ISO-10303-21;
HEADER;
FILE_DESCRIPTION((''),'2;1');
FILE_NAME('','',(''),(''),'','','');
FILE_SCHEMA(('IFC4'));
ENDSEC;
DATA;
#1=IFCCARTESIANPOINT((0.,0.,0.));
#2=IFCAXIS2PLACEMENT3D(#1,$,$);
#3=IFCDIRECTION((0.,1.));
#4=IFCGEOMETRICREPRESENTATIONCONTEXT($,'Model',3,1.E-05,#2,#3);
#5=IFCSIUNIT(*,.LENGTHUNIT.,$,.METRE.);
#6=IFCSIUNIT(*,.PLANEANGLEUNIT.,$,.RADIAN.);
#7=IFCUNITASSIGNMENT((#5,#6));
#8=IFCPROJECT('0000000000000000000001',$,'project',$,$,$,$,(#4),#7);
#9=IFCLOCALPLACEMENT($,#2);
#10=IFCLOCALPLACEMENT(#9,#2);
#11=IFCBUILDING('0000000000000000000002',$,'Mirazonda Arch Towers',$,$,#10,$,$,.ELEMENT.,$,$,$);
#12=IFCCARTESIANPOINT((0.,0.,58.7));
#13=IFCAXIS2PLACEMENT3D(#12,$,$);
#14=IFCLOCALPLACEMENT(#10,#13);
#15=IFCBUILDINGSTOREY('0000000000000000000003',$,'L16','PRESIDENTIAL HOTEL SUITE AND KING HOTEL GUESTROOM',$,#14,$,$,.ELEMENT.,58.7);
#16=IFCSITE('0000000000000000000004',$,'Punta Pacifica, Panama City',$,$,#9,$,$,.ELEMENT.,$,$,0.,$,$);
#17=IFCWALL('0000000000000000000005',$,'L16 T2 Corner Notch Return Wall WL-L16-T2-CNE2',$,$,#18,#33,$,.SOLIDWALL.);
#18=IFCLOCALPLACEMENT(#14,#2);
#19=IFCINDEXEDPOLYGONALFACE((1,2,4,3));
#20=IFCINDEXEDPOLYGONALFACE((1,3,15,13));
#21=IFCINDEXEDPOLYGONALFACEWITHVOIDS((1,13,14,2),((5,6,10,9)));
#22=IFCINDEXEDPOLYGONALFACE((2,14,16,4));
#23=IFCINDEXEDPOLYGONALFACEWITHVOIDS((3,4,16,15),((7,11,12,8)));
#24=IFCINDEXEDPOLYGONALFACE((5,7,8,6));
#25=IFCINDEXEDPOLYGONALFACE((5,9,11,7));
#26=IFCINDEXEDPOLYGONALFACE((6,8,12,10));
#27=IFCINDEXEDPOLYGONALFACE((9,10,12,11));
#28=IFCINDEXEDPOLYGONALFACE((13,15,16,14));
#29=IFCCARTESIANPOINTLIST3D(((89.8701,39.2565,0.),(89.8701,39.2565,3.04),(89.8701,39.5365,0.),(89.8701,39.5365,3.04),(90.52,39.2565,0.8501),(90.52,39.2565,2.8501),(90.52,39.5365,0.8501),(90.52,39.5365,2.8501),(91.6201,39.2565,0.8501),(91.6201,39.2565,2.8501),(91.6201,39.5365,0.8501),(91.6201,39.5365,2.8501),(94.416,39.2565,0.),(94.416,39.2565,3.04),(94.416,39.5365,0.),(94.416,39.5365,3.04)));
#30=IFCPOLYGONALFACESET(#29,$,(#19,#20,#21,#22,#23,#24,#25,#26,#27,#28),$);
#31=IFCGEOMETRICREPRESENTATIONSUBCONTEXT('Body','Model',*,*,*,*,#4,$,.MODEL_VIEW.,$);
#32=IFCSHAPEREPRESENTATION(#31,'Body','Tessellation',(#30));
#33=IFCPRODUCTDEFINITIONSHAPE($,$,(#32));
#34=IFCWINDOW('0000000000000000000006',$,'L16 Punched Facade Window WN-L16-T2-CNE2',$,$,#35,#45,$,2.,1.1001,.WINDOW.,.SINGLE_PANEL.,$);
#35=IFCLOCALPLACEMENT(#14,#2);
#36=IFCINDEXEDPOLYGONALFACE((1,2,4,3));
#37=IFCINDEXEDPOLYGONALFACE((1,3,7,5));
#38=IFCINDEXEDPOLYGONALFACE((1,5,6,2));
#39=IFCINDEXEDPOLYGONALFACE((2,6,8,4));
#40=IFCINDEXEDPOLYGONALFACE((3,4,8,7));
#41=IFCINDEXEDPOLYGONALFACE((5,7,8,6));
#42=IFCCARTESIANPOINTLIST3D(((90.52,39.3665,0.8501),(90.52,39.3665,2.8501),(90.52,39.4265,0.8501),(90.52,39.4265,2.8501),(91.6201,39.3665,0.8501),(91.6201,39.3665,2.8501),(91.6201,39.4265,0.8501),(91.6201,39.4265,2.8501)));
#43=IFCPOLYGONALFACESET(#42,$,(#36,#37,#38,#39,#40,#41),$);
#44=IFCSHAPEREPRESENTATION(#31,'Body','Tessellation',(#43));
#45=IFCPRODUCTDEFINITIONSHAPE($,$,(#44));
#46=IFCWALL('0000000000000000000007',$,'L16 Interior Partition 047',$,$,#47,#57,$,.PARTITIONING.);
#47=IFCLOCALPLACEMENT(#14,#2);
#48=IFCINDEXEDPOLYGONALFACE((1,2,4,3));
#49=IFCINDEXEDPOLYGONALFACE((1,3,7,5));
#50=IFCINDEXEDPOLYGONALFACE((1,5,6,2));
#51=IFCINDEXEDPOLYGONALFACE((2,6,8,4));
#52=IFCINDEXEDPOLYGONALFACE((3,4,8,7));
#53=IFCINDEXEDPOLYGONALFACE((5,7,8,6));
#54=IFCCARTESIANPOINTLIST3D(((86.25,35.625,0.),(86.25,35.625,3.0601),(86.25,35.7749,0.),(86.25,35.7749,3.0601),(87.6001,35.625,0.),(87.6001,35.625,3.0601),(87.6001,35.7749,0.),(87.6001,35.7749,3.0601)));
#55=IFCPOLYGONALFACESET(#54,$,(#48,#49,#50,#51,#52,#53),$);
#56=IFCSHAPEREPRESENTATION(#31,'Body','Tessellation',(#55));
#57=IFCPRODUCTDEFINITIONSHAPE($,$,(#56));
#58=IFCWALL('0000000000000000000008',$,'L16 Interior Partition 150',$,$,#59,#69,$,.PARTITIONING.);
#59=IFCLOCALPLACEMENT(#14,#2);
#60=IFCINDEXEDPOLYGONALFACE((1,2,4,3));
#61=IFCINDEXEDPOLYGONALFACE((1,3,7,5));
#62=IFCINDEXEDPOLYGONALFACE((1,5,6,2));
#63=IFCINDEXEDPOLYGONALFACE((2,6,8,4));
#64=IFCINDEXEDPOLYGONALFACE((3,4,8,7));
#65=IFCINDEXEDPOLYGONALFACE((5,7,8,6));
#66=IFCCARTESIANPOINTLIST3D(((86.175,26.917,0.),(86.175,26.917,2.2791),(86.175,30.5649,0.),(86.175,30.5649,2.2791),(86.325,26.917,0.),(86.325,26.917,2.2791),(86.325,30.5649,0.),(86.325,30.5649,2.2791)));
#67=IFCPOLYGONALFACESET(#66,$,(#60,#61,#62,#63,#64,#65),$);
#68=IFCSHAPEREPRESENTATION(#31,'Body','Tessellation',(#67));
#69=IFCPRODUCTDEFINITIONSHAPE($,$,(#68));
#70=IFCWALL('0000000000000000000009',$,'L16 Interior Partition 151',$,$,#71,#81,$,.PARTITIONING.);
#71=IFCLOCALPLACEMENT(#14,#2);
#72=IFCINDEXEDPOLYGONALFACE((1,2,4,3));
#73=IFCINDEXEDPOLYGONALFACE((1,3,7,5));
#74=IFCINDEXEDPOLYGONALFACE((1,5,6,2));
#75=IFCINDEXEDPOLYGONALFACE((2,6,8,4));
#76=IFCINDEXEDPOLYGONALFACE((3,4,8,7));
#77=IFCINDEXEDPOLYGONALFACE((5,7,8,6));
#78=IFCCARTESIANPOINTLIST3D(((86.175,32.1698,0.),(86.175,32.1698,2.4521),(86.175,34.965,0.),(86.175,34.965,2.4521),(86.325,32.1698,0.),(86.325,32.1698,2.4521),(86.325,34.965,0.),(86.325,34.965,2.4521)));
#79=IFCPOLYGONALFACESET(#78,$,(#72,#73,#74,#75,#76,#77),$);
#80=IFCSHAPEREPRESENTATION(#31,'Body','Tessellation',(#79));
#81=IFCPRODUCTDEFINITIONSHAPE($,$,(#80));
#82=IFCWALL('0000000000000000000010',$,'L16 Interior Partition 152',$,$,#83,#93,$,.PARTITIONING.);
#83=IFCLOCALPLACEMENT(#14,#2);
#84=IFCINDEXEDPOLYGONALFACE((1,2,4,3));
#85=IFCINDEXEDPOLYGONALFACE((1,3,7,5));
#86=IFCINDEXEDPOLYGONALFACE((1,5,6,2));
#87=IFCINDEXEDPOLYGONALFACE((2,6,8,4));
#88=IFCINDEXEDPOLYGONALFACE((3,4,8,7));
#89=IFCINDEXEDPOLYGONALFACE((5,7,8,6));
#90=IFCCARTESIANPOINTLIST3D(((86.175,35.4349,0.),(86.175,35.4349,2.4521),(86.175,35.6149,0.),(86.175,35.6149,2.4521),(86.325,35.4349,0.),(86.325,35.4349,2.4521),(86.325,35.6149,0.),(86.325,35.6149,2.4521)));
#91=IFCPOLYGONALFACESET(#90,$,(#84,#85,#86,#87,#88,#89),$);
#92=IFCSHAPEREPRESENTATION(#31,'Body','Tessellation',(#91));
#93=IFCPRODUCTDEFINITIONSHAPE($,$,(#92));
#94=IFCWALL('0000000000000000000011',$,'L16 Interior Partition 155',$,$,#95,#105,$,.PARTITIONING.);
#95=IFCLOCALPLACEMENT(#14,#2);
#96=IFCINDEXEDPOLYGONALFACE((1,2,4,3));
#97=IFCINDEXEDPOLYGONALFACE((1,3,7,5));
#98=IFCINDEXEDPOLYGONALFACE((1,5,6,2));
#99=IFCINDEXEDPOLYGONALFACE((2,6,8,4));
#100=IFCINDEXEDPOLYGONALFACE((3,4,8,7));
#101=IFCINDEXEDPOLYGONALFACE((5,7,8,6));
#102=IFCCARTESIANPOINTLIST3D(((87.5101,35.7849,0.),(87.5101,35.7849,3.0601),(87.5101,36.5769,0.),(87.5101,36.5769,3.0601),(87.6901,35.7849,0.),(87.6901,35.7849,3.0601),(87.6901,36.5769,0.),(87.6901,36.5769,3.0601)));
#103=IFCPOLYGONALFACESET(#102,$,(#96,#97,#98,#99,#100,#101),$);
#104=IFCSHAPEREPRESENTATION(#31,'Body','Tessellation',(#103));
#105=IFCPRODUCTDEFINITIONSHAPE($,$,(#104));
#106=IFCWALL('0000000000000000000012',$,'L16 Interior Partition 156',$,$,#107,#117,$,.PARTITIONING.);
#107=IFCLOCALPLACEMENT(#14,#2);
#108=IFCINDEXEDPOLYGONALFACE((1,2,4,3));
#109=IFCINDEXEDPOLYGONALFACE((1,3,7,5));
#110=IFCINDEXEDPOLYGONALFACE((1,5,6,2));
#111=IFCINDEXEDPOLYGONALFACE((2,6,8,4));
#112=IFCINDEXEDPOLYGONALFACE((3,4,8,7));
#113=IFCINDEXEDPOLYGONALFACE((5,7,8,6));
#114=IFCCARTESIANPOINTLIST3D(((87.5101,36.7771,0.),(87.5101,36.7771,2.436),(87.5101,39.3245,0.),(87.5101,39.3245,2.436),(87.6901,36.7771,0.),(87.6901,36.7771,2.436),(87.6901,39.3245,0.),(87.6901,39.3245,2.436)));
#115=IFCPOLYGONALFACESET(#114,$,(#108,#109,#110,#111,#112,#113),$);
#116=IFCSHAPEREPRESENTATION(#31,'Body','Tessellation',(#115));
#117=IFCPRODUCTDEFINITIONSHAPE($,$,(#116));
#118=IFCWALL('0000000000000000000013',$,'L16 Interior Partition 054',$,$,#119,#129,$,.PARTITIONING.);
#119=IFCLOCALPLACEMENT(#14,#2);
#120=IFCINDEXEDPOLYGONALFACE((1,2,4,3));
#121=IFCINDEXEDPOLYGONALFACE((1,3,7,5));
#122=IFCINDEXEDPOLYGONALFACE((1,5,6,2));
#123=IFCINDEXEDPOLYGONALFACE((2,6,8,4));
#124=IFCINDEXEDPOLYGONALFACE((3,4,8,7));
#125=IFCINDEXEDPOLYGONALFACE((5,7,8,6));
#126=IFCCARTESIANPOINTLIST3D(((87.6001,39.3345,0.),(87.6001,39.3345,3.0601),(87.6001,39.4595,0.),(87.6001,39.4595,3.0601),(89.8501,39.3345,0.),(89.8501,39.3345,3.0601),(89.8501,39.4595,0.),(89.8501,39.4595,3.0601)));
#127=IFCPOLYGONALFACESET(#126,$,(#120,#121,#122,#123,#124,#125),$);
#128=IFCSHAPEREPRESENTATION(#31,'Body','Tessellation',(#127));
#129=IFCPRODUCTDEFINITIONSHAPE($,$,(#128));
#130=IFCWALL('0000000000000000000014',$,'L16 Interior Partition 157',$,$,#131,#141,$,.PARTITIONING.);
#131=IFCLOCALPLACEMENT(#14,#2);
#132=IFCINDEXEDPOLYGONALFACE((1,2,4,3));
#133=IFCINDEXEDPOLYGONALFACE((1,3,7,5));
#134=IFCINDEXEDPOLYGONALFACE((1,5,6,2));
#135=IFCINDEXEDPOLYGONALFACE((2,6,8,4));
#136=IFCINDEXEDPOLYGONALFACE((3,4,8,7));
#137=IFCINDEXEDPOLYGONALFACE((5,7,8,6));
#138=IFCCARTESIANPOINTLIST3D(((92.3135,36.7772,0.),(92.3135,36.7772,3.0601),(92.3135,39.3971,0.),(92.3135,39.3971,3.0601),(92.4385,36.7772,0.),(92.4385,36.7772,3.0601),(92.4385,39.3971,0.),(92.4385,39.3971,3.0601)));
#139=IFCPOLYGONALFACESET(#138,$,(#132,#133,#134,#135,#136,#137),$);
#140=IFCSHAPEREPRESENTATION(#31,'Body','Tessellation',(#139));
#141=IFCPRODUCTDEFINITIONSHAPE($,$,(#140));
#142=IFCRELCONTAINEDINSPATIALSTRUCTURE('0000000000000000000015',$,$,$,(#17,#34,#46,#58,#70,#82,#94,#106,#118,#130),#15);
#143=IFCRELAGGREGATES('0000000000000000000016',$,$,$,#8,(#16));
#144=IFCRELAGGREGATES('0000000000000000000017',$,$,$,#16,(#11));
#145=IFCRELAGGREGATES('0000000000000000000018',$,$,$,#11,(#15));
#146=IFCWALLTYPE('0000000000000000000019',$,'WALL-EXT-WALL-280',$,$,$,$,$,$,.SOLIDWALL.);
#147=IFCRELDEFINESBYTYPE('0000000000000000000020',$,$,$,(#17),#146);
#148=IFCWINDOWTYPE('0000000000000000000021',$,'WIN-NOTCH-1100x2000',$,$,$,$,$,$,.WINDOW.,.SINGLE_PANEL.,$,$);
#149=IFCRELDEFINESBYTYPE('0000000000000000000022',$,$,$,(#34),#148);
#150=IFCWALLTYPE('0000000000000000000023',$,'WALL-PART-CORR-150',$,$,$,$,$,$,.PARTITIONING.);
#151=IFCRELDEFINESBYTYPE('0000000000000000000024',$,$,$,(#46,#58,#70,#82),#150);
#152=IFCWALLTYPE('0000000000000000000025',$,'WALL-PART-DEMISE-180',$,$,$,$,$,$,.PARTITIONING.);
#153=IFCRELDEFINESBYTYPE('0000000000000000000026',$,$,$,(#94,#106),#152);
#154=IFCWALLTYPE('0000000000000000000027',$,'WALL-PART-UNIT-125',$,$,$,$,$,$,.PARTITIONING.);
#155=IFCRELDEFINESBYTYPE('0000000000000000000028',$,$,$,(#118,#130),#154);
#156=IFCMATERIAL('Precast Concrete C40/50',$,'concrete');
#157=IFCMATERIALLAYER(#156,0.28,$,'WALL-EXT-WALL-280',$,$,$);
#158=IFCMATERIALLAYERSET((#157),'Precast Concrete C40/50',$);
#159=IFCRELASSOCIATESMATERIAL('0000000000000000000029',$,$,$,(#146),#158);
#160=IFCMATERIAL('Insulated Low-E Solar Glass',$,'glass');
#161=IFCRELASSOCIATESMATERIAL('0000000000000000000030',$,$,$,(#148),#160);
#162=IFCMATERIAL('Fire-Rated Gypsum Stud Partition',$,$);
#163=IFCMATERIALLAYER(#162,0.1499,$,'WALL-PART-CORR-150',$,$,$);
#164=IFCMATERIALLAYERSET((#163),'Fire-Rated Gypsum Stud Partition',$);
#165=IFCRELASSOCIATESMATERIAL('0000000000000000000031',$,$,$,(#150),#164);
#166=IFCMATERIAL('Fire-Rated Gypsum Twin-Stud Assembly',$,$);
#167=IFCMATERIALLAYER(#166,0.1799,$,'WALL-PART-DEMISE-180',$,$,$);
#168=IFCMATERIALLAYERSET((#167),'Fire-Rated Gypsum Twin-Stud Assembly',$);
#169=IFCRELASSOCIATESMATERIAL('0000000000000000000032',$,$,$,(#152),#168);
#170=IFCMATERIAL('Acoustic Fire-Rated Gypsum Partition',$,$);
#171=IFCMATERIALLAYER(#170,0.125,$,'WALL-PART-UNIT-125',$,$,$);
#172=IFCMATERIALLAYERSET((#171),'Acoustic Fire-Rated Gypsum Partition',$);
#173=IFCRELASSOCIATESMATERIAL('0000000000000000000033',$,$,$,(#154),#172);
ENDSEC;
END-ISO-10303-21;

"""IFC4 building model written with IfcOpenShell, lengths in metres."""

from ifc_helpers import new_model, si_unit, direction, frame, frame_2d, origin, place, context, subcontext, project, spatial, rectangle, extrude, material, layer, layer_set, type_object, element, fill, save


model = new_model("IFC4")

# Units and contexts
model_context = context("Model", 3, precision=1e-05, world=origin(), true_north=direction((0.0, 1.0)))
body_context = subcontext(model_context, "Body", "Model", "MODEL_VIEW")
ifc_project = project(units=[si_unit("LENGTHUNIT", "METRE"), si_unit("PLANEANGLEUNIT", "RADIAN")], contexts=[model_context])

# Site, building, storey
site_placement = place(None, origin())
site = spatial("IfcSite", under=ifc_project, at=site_placement, Name="Punta Pacifica, Panama City", CompositionType="ELEMENT", RefElevation=0.0)
building_placement = place(site_placement, origin())
building = spatial("IfcBuilding", under=site, at=building_placement, Name="Mirazonda Arch Towers", CompositionType="ELEMENT")
storey_placement = place(building_placement, frame((0.0, 0.0, 58.7)))
storey = spatial("IfcBuildingStorey", under=building, at=storey_placement, Name="L16", Description="PRESIDENTIAL HOTEL SUITE AND KING HOTEL GUESTROOM", CompositionType="ELEMENT", Elevation=58.7)

# Shared definitions
ifc_material_1 = material(Name="Insulated Low-E Solar Glass", Category="glass")

# Wall, opening, window
ifc_material_2 = material(Name="Precast Concrete C40/50", Category="concrete")
ifc_layer_1 = layer(ifc_material_2, 0.28, Name="WALL-EXT-WALL-280")
ifc_layer_set_1 = layer_set([ifc_layer_1], Name="Precast Concrete C40/50")
wall_type_1 = type_object("IfcWallType", Name="WALL-EXT-WALL-280", PredefinedType="SOLIDWALL", material=ifc_layer_set_1)
window_type = type_object("IfcWindowType", Name="WIN-NOTCH-1100x2000", PartitioningType="SINGLE_PANEL", PredefinedType="WINDOW", material=ifc_material_1)
wall_1_placement = place(storey_placement, frame((94.416, 39.3965, 0.0), z_axis=(0.0, 0.0, 1.0), x_axis=(-1.0, 0.0, 0.0)))
wall_1 = element("IfcWall", 1, at=wall_1_placement, inside=storey, type_object=wall_type_1, Name="L16 T2 Corner Notch Return Wall WL-L16-T2-CNE2", PredefinedType="SOLIDWALL", context=body_context, shape_type="SweptSolid", body=[
    extrude(rectangle(XDim=4.5459, YDim=0.28, at=frame_2d((2.2729, 0.0))), origin(), (0.0, 0.0, 1.0), 3.04),
])
opening_1_placement = place(wall_1_placement, frame((2.7959, 0.0, 0.8501)))
opening_1 = element("IfcOpeningElement", 2, at=opening_1_placement, cuts=wall_1, PredefinedType="OPENING", context=body_context, shape_type="SweptSolid", body=[
    extrude(rectangle(XDim=1.1001, YDim=2.0, at=frame_2d((0.55, 1.0))), frame((0.0, 0.1499, 0.0), z_axis=(0.0, -1.0, 0.0), x_axis=(1.0, 0.0, 0.0)), (0.0, 0.0, 1.0), 0.3),
])
window_1_placement = place(opening_1_placement, origin())
window_1 = element("IfcWindow", 3, at=window_1_placement, inside=storey, type_object=window_type, Name="L16 Punched Facade Window WN-L16-T2-CNE2", OverallHeight=2.0, OverallWidth=1.1001, PartitioningType="SINGLE_PANEL", PredefinedType="WINDOW", context=body_context, shape_type="SweptSolid", body=[
    extrude(rectangle(XDim=1.1001, YDim=2.0, at=frame_2d((0.55, 1.0))), frame((0.0, 0.03, 0.0), z_axis=(0.0, -1.0, 0.0), x_axis=(1.0, 0.0, 0.0)), (0.0, 0.0, 1.0), 0.0601),
])
fill(opening_1, window_1)

# Walls
ifc_material_3 = material(Name="Fire-Rated Gypsum Stud Partition")
ifc_layer_2 = layer(ifc_material_3, 0.1499, Name="WALL-PART-CORR-150")
ifc_layer_set_2 = layer_set([ifc_layer_2], Name="Fire-Rated Gypsum Stud Partition")
wall_type_2 = type_object("IfcWallType", Name="WALL-PART-CORR-150", PredefinedType="PARTITIONING", material=ifc_layer_set_2)
wall_2_placement = place(storey_placement, frame((86.25, 35.7, 0.0), z_axis=(0.0, 0.0, 1.0), x_axis=(1.0, 0.0, 0.0)))
element("IfcWall", 4, at=wall_2_placement, inside=storey, type_object=wall_type_2, Name="L16 Interior Partition 047", PredefinedType="PARTITIONING", context=body_context, shape_type="SweptSolid", body=[
    extrude(rectangle(XDim=1.3501, YDim=0.1499, at=frame_2d((0.675, 0.0))), origin(), (0.0, 0.0, 1.0), 3.0601),
])
wall_3_placement = place(storey_placement, frame((86.25, 26.917, 0.0), z_axis=(0.0, 0.0, 1.0), x_axis=(0.0, 1.0, 0.0)))
element("IfcWall", 5, at=wall_3_placement, inside=storey, type_object=wall_type_2, Name="L16 Interior Partition 150", PredefinedType="PARTITIONING", context=body_context, shape_type="SweptSolid", body=[
    extrude(rectangle(XDim=3.6479, YDim=0.1499, at=frame_2d((1.824, 0.0))), origin(), (0.0, 0.0, 1.0), 2.2791),
])
wall_4_placement = place(storey_placement, frame((86.25, 32.1699, 0.0), z_axis=(0.0, 0.0, 1.0), x_axis=(0.0, 1.0, 0.0)))
element("IfcWall", 6, at=wall_4_placement, inside=storey, type_object=wall_type_2, Name="L16 Interior Partition 151", PredefinedType="PARTITIONING", context=body_context, shape_type="SweptSolid", body=[
    extrude(rectangle(XDim=2.7952, YDim=0.1499, at=frame_2d((1.3975, 0.0))), origin(), (0.0, 0.0, 1.0), 2.4521),
])
wall_5_placement = place(storey_placement, frame((86.25, 35.4351, 0.0), z_axis=(0.0, 0.0, 1.0), x_axis=(0.0, 1.0, 0.0)))
element("IfcWall", 7, at=wall_5_placement, inside=storey, type_object=wall_type_2, Name="L16 Interior Partition 152", PredefinedType="PARTITIONING", context=body_context, shape_type="SweptSolid", body=[
    extrude(rectangle(XDim=0.1799, YDim=0.1499, at=frame_2d((0.0898, 0.0))), origin(), (0.0, 0.0, 1.0), 2.4521),
])

# Shared definitions
ifc_material_4 = material(Name="Fire-Rated Gypsum Twin-Stud Assembly")
ifc_layer_3 = layer(ifc_material_4, 0.1799, Name="WALL-PART-DEMISE-180")
ifc_layer_set_3 = layer_set([ifc_layer_3], Name="Fire-Rated Gypsum Twin-Stud Assembly")
wall_type_3 = type_object("IfcWallType", Name="WALL-PART-DEMISE-180", PredefinedType="PARTITIONING", material=ifc_layer_set_3)

# Walls
wall_6_placement = place(storey_placement, frame((87.6001, 35.7849, 0.0), z_axis=(0.0, 0.0, 1.0), x_axis=(0.0, 1.0, 0.0)))
element("IfcWall", 8, at=wall_6_placement, inside=storey, type_object=wall_type_3, Name="L16 Interior Partition 155", PredefinedType="PARTITIONING", context=body_context, shape_type="SweptSolid", body=[
    extrude(rectangle(XDim=0.792, YDim=0.1799, at=frame_2d((0.396, 0.0))), origin(), (0.0, 0.0, 1.0), 3.0601),
])
wall_7_placement = place(storey_placement, frame((87.6001, 36.7771, 0.0), z_axis=(0.0, 0.0, 1.0), x_axis=(0.0, 1.0, 0.0)))
element("IfcWall", 9, at=wall_7_placement, inside=storey, type_object=wall_type_3, Name="L16 Interior Partition 156", PredefinedType="PARTITIONING", context=body_context, shape_type="SweptSolid", body=[
    extrude(rectangle(XDim=2.5474, YDim=0.1799, at=frame_2d((1.2737, 0.0))), origin(), (0.0, 0.0, 1.0), 2.436),
])
ifc_material_5 = material(Name="Acoustic Fire-Rated Gypsum Partition")
ifc_layer_4 = layer(ifc_material_5, 0.125, Name="WALL-PART-UNIT-125")
ifc_layer_set_4 = layer_set([ifc_layer_4], Name="Acoustic Fire-Rated Gypsum Partition")
wall_type_4 = type_object("IfcWallType", Name="WALL-PART-UNIT-125", PredefinedType="PARTITIONING", material=ifc_layer_set_4)
wall_8_placement = place(storey_placement, frame((87.6001, 39.397, 0.0), z_axis=(0.0, 0.0, 1.0), x_axis=(1.0, 0.0, 0.0)))
element("IfcWall", 10, at=wall_8_placement, inside=storey, type_object=wall_type_4, Name="L16 Interior Partition 054", PredefinedType="PARTITIONING", context=body_context, shape_type="SweptSolid", body=[
    extrude(rectangle(XDim=2.25, YDim=0.125, at=frame_2d((1.125, 0.0))), origin(), (0.0, 0.0, 1.0), 3.0601),
])
wall_9_placement = place(storey_placement, frame((92.376, 36.7771, 0.0), z_axis=(0.0, 0.0, 1.0), x_axis=(0.0, 1.0, 0.0)))
element("IfcWall", 11, at=wall_9_placement, inside=storey, type_object=wall_type_4, Name="L16 Interior Partition 157", PredefinedType="PARTITIONING", context=body_context, shape_type="SweptSolid", body=[
    extrude(rectangle(XDim=2.6199, YDim=0.125, at=frame_2d((1.3101, 0.0))), origin(), (0.0, 0.0, 1.0), 3.0601),
])

save(model, "model.ifc")
